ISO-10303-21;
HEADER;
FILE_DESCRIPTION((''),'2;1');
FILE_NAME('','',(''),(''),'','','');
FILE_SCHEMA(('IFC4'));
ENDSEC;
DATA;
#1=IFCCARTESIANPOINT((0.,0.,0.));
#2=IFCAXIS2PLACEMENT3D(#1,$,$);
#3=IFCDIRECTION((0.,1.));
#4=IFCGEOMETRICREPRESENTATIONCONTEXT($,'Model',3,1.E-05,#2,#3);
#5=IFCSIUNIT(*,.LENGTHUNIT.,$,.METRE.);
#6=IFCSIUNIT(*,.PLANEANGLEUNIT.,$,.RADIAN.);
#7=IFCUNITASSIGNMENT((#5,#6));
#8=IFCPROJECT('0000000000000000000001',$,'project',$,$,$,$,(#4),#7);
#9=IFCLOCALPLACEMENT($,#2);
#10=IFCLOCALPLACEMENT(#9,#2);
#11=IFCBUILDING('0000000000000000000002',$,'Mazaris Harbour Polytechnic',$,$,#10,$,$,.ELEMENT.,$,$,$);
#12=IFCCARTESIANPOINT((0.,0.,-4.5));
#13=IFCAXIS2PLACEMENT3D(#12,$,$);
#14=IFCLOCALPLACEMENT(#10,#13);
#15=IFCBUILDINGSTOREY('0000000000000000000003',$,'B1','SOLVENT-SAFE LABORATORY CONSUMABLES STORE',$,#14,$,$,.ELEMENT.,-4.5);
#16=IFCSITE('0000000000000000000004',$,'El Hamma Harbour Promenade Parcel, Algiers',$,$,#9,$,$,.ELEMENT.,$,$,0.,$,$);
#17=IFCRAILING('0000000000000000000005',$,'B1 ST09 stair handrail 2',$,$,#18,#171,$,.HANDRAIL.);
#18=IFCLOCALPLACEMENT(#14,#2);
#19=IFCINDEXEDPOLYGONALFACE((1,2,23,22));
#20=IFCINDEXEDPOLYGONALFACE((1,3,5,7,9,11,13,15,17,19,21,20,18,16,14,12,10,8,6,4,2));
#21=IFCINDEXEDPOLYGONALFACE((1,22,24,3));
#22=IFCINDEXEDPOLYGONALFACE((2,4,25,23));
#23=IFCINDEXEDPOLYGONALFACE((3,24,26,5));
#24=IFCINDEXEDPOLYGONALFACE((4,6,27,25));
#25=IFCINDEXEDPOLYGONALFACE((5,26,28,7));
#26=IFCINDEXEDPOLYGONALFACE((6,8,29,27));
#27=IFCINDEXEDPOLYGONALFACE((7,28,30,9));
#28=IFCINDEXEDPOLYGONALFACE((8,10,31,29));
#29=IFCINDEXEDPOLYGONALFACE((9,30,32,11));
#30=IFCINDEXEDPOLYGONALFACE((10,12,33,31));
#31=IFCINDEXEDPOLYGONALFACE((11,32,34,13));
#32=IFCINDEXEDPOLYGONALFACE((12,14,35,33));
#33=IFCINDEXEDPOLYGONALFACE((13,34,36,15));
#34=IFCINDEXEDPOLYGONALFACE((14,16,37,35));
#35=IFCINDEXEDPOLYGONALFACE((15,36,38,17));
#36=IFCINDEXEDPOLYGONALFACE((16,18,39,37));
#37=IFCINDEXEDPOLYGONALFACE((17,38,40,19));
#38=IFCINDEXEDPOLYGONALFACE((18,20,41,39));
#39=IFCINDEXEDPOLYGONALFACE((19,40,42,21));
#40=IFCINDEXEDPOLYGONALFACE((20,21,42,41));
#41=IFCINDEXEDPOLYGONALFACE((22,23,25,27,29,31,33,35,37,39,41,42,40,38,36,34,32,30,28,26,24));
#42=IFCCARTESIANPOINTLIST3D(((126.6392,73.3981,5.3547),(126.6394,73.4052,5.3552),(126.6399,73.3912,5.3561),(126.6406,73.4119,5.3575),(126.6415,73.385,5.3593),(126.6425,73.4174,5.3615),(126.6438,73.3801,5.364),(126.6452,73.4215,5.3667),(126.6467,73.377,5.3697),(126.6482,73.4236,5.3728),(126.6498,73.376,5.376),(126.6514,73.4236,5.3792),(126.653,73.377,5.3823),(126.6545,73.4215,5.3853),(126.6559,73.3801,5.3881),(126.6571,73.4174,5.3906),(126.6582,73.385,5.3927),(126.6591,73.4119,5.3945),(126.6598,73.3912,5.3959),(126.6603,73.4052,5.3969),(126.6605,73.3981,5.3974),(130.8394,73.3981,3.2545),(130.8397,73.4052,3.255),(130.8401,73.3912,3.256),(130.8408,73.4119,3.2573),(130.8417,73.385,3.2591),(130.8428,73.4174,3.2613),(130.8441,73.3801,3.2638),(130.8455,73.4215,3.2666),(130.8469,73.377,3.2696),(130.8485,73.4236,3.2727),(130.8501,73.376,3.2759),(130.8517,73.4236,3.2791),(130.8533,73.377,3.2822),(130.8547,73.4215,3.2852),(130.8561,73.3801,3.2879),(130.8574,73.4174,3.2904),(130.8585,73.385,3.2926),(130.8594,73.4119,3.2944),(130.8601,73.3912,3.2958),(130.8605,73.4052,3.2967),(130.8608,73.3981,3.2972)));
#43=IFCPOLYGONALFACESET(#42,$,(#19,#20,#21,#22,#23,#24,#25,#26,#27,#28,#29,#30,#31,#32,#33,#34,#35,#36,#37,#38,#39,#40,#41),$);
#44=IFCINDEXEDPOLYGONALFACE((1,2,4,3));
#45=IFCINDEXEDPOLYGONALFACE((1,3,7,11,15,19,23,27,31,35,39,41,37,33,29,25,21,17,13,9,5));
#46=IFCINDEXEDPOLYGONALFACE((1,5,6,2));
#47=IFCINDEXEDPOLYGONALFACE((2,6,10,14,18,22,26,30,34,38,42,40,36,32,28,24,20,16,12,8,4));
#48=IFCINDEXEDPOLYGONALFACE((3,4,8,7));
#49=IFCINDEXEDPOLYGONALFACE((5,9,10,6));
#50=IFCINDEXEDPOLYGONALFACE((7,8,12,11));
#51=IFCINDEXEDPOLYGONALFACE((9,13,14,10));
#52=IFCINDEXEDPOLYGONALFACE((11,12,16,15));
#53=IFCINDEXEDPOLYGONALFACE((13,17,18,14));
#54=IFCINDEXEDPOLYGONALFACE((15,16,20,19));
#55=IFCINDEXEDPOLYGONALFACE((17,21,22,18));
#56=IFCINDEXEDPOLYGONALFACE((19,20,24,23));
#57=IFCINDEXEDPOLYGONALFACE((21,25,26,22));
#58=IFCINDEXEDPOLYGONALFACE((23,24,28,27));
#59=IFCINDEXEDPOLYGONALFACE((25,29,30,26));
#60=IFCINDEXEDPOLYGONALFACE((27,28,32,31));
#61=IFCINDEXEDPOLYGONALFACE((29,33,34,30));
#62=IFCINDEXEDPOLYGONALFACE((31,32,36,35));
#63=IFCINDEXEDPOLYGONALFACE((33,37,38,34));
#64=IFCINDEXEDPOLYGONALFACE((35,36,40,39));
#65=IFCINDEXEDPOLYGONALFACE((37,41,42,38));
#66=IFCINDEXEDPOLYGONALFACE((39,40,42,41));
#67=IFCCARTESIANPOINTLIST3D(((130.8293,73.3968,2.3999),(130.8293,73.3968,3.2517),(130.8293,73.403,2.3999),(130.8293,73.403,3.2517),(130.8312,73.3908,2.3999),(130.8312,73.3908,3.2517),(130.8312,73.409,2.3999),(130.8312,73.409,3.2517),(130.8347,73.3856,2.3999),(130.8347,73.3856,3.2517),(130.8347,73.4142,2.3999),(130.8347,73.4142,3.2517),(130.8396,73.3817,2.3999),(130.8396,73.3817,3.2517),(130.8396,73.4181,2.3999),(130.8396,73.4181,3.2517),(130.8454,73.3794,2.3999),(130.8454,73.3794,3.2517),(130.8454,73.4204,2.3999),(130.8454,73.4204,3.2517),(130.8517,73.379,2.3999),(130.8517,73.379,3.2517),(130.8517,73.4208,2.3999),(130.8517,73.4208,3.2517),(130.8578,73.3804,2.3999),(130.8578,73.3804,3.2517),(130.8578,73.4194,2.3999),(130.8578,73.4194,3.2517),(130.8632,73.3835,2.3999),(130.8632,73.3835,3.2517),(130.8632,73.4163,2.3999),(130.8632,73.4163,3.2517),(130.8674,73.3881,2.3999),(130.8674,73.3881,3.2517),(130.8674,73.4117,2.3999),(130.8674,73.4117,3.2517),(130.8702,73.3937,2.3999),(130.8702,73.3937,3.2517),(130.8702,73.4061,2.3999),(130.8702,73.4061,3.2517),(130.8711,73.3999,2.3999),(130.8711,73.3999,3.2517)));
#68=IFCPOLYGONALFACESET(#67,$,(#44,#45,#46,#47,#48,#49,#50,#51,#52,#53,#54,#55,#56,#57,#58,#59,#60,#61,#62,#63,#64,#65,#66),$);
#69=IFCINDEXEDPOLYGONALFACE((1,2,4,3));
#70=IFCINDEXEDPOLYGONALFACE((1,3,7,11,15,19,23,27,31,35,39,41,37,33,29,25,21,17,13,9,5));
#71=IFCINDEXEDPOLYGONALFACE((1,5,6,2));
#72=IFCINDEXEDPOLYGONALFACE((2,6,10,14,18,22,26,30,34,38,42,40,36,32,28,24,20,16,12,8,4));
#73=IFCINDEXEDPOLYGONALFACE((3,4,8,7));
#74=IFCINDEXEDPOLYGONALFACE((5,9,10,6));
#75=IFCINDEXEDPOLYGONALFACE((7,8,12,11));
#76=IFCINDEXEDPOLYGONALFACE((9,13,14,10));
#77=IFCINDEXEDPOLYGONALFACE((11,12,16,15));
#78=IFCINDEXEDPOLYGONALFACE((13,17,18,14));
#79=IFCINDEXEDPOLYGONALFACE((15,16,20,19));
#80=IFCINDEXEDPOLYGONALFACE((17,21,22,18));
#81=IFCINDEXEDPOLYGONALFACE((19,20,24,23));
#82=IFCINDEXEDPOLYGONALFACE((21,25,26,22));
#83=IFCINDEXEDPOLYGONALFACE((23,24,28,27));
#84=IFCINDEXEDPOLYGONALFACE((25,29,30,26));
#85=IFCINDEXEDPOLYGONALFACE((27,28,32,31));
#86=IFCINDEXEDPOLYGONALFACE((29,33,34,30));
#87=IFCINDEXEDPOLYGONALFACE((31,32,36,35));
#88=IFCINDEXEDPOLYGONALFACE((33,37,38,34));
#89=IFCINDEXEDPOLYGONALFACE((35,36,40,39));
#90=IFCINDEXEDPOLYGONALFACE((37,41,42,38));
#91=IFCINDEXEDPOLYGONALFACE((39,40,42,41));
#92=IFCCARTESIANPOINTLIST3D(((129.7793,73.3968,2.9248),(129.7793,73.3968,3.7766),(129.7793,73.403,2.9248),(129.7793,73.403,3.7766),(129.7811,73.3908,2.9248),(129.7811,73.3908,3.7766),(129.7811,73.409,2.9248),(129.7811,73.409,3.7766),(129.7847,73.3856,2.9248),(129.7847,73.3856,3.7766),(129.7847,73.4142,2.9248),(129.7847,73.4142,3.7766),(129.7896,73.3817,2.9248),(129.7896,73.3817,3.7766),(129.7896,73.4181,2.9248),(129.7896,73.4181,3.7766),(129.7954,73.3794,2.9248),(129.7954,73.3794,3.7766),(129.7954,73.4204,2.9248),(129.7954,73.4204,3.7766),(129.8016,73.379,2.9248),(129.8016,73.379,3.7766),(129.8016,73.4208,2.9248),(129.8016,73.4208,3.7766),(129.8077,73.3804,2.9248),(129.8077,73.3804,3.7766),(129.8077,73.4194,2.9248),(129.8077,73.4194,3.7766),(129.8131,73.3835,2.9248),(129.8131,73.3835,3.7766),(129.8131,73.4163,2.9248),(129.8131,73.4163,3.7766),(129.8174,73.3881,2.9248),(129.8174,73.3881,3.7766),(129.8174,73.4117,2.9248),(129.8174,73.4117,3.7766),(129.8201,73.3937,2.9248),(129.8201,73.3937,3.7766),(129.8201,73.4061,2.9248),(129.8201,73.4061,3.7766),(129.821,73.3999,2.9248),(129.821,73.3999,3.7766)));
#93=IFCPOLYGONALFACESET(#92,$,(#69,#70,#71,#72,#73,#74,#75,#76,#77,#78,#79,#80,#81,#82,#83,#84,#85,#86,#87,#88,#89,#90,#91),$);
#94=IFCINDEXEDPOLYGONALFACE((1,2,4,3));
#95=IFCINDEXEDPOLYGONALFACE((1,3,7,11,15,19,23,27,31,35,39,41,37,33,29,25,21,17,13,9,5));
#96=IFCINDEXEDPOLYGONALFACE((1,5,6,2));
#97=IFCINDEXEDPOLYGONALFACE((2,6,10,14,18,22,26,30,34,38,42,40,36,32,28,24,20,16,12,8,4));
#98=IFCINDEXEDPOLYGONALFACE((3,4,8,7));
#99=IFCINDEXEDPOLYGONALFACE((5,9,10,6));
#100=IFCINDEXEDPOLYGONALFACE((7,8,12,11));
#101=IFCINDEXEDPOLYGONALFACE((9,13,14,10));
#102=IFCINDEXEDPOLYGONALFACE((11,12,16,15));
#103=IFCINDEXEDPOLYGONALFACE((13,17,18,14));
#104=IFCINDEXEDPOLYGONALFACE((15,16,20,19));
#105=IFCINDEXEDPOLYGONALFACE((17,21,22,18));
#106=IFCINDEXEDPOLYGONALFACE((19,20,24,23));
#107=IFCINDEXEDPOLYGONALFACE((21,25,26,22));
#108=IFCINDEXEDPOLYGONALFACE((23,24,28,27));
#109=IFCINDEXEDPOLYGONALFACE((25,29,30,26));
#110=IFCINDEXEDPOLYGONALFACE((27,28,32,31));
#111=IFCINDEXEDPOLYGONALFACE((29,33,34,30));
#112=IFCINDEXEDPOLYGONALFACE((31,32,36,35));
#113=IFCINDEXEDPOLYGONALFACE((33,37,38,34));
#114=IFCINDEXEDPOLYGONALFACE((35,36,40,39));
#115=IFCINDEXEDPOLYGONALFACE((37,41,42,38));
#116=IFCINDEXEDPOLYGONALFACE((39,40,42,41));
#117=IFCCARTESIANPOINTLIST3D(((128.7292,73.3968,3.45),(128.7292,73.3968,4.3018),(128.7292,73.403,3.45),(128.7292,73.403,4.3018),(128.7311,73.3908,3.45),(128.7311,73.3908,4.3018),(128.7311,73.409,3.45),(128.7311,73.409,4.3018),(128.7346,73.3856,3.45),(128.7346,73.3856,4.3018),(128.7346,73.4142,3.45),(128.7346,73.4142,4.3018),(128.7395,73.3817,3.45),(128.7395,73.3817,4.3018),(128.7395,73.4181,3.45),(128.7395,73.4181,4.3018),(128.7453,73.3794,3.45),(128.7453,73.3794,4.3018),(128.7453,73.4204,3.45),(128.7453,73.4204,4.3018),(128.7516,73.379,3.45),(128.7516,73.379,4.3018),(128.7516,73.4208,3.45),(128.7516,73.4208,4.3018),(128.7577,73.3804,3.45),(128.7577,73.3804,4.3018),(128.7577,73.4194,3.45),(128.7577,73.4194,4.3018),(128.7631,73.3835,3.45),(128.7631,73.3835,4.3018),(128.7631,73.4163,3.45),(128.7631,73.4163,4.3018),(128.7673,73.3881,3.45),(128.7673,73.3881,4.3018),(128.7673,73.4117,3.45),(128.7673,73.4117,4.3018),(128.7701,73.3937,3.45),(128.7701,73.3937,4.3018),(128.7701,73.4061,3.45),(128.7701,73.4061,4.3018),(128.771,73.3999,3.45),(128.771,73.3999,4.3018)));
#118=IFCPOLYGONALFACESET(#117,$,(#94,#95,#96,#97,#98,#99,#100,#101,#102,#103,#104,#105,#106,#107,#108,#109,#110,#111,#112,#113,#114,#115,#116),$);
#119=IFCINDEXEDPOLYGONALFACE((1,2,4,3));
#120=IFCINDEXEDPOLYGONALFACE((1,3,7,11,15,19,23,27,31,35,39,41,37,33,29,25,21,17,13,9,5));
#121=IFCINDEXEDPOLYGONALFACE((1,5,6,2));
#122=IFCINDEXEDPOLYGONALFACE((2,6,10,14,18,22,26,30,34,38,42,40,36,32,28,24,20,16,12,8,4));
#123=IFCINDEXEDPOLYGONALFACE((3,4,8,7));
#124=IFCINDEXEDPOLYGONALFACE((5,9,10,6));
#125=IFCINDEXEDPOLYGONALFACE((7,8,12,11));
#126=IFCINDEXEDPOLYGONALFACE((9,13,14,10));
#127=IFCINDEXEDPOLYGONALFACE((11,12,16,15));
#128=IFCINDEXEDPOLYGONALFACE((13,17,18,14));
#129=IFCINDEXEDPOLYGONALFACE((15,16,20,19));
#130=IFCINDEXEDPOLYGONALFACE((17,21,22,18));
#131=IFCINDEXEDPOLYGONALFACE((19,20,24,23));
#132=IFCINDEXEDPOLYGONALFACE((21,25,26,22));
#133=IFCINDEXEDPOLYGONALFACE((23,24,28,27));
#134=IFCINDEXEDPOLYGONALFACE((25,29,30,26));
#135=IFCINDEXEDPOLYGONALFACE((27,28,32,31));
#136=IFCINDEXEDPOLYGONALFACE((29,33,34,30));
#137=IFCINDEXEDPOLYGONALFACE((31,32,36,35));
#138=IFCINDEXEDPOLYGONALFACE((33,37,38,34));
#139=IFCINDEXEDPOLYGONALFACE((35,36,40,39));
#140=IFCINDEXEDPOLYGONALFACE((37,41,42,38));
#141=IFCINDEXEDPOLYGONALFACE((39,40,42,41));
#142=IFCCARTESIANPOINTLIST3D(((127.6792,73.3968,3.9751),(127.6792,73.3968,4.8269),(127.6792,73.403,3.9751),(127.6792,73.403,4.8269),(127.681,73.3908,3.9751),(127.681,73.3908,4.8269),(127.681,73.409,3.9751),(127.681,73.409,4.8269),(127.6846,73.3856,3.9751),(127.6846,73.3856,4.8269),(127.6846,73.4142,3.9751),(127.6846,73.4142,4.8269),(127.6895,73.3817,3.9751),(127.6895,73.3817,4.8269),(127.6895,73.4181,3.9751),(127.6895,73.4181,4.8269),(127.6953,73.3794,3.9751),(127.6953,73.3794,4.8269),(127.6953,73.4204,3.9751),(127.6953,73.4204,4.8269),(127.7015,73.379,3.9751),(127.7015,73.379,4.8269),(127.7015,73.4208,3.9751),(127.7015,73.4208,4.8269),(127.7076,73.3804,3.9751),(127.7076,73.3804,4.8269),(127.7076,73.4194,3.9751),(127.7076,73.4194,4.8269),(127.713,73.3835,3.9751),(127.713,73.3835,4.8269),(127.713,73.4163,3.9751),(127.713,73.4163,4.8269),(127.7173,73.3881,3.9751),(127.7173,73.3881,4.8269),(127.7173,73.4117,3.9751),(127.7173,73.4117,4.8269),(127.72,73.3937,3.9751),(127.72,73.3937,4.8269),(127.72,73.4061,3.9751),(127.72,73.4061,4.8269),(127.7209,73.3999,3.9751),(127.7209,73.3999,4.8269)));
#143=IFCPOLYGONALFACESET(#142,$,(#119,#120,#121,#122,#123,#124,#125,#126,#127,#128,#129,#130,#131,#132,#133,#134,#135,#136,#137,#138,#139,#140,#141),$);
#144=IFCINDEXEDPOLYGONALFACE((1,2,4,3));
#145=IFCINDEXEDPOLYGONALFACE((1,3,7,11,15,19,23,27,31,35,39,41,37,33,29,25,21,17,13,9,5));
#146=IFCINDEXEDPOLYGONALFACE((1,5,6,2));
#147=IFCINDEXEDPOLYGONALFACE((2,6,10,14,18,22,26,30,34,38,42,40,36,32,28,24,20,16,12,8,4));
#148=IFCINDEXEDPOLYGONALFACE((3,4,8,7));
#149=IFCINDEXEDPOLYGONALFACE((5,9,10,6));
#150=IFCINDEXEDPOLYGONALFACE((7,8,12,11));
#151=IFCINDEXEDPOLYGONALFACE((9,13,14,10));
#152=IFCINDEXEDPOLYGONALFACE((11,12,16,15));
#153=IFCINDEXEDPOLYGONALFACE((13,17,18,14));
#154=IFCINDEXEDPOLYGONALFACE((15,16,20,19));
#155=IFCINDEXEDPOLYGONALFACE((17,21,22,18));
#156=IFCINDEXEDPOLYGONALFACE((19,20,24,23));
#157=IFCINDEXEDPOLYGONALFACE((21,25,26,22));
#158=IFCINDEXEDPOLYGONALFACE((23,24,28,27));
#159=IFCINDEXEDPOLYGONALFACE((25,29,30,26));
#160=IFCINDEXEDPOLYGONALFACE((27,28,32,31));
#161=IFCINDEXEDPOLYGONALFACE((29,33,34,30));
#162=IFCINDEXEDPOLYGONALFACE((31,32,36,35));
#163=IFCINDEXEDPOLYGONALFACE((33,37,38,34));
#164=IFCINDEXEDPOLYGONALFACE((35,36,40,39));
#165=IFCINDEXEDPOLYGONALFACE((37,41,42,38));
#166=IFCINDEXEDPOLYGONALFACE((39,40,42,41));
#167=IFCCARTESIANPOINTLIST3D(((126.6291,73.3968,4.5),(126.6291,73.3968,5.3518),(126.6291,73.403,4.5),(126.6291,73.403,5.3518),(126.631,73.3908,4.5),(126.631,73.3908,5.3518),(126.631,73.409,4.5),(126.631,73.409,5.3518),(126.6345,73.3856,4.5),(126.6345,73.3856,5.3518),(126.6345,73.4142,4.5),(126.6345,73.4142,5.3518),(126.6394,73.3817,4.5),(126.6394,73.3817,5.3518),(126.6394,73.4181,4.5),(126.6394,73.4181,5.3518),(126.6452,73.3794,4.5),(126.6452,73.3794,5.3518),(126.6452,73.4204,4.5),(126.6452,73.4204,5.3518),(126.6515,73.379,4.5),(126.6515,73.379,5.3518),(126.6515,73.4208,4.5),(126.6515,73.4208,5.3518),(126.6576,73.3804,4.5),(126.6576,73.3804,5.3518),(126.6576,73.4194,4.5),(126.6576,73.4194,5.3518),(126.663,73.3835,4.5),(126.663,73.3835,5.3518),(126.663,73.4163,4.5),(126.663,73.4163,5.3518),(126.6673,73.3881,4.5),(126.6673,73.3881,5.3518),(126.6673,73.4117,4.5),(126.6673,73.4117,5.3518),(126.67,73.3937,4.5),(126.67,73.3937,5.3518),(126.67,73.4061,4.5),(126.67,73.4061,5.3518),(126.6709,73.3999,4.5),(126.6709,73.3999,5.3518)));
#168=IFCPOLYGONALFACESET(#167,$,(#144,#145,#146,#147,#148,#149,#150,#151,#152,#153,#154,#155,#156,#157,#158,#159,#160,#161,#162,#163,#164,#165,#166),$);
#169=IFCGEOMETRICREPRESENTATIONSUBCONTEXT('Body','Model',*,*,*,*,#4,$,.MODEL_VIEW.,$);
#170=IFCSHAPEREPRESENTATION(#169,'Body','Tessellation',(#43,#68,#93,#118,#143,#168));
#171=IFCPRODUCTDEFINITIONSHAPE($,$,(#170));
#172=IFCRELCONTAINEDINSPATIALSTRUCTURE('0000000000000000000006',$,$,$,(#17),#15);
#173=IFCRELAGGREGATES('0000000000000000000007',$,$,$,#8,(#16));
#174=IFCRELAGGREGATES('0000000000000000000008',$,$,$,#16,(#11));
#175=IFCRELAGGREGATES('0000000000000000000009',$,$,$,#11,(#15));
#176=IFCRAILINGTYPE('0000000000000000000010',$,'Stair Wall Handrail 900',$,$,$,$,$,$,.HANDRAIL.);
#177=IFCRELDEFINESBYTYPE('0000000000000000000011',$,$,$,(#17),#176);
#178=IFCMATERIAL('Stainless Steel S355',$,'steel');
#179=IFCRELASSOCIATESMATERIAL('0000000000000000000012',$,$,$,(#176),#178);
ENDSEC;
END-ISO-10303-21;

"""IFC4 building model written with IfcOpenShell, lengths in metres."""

from ifc_helpers import new_model, si_unit, direction, frame, origin, origin_2d, place, context, subcontext, project, spatial, circle, extrude, material, type_object, element, save


model = new_model("IFC4")

# Units and contexts
model_context = context("Model", 3, precision=1e-05, world=origin(), true_north=direction((0.0, 1.0)))
body_context = subcontext(model_context, "Body", "Model", "MODEL_VIEW")
ifc_project = project(units=[si_unit("LENGTHUNIT", "METRE"), si_unit("PLANEANGLEUNIT", "RADIAN")], contexts=[model_context])

# Site, building, storey
site_placement = place(None, origin())
site = spatial("IfcSite", under=ifc_project, at=site_placement, Name="El Hamma Harbour Promenade Parcel, Algiers", CompositionType="ELEMENT", RefElevation=0.0)
building_placement = place(site_placement, origin())
building = spatial("IfcBuilding", under=site, at=building_placement, Name="Mazaris Harbour Polytechnic", CompositionType="ELEMENT")
storey_placement = place(building_placement, frame((0.0, 0.0, -4.5)))
storey = spatial("IfcBuildingStorey", under=building, at=storey_placement, Name="B1", Description="SOLVENT-SAFE LABORATORY CONSUMABLES STORE", CompositionType="ELEMENT", Elevation=-4.5)

# Railing
ifc_material_1 = material(Name="Stainless Steel S355", Category="steel")
railing_type_1 = type_object("IfcRailingType", Name="Stair Wall Handrail 900", PredefinedType="HANDRAIL", material=ifc_material_1)
railing_1_placement = place(storey_placement, frame((130.8501, 73.3999, 2.3999)))
element("IfcRailing", 1, at=railing_1_placement, inside=storey, type_object=railing_type_1, Name="B1 ST09 stair handrail 2", PredefinedType="HANDRAIL", context=body_context, shape_type="SweptSolid", body=[
    extrude(circle(Radius=0.0239, at=origin_2d()), frame((0.0, 0.0, 0.876), z_axis=(-0.894427, 0.0, 0.447214), x_axis=(0.0, -1.0, 0.0)), (0.0, 0.0, 1.0), 4.696),
    extrude(circle(Radius=0.021, at=origin_2d()), origin(), (0.0, 0.0, 1.0), 0.8518),
    extrude(circle(Radius=0.021, at=origin_2d()), frame((-1.05, 0.0, 0.5249)), (0.0, 0.0, 1.0), 0.8518),
    extrude(circle(Radius=0.021, at=origin_2d()), frame((-2.1001, 0.0, 1.05)), (0.0, 0.0, 1.0), 0.8518),
    extrude(circle(Radius=0.021, at=origin_2d()), frame((-3.1501, 0.0, 1.5752)), (0.0, 0.0, 1.0), 0.8518),
    extrude(circle(Radius=0.021, at=origin_2d()), frame((-4.2002, 0.0, 2.1001)), (0.0, 0.0, 1.0), 0.8518),
])

save(model, "model.ifc")
